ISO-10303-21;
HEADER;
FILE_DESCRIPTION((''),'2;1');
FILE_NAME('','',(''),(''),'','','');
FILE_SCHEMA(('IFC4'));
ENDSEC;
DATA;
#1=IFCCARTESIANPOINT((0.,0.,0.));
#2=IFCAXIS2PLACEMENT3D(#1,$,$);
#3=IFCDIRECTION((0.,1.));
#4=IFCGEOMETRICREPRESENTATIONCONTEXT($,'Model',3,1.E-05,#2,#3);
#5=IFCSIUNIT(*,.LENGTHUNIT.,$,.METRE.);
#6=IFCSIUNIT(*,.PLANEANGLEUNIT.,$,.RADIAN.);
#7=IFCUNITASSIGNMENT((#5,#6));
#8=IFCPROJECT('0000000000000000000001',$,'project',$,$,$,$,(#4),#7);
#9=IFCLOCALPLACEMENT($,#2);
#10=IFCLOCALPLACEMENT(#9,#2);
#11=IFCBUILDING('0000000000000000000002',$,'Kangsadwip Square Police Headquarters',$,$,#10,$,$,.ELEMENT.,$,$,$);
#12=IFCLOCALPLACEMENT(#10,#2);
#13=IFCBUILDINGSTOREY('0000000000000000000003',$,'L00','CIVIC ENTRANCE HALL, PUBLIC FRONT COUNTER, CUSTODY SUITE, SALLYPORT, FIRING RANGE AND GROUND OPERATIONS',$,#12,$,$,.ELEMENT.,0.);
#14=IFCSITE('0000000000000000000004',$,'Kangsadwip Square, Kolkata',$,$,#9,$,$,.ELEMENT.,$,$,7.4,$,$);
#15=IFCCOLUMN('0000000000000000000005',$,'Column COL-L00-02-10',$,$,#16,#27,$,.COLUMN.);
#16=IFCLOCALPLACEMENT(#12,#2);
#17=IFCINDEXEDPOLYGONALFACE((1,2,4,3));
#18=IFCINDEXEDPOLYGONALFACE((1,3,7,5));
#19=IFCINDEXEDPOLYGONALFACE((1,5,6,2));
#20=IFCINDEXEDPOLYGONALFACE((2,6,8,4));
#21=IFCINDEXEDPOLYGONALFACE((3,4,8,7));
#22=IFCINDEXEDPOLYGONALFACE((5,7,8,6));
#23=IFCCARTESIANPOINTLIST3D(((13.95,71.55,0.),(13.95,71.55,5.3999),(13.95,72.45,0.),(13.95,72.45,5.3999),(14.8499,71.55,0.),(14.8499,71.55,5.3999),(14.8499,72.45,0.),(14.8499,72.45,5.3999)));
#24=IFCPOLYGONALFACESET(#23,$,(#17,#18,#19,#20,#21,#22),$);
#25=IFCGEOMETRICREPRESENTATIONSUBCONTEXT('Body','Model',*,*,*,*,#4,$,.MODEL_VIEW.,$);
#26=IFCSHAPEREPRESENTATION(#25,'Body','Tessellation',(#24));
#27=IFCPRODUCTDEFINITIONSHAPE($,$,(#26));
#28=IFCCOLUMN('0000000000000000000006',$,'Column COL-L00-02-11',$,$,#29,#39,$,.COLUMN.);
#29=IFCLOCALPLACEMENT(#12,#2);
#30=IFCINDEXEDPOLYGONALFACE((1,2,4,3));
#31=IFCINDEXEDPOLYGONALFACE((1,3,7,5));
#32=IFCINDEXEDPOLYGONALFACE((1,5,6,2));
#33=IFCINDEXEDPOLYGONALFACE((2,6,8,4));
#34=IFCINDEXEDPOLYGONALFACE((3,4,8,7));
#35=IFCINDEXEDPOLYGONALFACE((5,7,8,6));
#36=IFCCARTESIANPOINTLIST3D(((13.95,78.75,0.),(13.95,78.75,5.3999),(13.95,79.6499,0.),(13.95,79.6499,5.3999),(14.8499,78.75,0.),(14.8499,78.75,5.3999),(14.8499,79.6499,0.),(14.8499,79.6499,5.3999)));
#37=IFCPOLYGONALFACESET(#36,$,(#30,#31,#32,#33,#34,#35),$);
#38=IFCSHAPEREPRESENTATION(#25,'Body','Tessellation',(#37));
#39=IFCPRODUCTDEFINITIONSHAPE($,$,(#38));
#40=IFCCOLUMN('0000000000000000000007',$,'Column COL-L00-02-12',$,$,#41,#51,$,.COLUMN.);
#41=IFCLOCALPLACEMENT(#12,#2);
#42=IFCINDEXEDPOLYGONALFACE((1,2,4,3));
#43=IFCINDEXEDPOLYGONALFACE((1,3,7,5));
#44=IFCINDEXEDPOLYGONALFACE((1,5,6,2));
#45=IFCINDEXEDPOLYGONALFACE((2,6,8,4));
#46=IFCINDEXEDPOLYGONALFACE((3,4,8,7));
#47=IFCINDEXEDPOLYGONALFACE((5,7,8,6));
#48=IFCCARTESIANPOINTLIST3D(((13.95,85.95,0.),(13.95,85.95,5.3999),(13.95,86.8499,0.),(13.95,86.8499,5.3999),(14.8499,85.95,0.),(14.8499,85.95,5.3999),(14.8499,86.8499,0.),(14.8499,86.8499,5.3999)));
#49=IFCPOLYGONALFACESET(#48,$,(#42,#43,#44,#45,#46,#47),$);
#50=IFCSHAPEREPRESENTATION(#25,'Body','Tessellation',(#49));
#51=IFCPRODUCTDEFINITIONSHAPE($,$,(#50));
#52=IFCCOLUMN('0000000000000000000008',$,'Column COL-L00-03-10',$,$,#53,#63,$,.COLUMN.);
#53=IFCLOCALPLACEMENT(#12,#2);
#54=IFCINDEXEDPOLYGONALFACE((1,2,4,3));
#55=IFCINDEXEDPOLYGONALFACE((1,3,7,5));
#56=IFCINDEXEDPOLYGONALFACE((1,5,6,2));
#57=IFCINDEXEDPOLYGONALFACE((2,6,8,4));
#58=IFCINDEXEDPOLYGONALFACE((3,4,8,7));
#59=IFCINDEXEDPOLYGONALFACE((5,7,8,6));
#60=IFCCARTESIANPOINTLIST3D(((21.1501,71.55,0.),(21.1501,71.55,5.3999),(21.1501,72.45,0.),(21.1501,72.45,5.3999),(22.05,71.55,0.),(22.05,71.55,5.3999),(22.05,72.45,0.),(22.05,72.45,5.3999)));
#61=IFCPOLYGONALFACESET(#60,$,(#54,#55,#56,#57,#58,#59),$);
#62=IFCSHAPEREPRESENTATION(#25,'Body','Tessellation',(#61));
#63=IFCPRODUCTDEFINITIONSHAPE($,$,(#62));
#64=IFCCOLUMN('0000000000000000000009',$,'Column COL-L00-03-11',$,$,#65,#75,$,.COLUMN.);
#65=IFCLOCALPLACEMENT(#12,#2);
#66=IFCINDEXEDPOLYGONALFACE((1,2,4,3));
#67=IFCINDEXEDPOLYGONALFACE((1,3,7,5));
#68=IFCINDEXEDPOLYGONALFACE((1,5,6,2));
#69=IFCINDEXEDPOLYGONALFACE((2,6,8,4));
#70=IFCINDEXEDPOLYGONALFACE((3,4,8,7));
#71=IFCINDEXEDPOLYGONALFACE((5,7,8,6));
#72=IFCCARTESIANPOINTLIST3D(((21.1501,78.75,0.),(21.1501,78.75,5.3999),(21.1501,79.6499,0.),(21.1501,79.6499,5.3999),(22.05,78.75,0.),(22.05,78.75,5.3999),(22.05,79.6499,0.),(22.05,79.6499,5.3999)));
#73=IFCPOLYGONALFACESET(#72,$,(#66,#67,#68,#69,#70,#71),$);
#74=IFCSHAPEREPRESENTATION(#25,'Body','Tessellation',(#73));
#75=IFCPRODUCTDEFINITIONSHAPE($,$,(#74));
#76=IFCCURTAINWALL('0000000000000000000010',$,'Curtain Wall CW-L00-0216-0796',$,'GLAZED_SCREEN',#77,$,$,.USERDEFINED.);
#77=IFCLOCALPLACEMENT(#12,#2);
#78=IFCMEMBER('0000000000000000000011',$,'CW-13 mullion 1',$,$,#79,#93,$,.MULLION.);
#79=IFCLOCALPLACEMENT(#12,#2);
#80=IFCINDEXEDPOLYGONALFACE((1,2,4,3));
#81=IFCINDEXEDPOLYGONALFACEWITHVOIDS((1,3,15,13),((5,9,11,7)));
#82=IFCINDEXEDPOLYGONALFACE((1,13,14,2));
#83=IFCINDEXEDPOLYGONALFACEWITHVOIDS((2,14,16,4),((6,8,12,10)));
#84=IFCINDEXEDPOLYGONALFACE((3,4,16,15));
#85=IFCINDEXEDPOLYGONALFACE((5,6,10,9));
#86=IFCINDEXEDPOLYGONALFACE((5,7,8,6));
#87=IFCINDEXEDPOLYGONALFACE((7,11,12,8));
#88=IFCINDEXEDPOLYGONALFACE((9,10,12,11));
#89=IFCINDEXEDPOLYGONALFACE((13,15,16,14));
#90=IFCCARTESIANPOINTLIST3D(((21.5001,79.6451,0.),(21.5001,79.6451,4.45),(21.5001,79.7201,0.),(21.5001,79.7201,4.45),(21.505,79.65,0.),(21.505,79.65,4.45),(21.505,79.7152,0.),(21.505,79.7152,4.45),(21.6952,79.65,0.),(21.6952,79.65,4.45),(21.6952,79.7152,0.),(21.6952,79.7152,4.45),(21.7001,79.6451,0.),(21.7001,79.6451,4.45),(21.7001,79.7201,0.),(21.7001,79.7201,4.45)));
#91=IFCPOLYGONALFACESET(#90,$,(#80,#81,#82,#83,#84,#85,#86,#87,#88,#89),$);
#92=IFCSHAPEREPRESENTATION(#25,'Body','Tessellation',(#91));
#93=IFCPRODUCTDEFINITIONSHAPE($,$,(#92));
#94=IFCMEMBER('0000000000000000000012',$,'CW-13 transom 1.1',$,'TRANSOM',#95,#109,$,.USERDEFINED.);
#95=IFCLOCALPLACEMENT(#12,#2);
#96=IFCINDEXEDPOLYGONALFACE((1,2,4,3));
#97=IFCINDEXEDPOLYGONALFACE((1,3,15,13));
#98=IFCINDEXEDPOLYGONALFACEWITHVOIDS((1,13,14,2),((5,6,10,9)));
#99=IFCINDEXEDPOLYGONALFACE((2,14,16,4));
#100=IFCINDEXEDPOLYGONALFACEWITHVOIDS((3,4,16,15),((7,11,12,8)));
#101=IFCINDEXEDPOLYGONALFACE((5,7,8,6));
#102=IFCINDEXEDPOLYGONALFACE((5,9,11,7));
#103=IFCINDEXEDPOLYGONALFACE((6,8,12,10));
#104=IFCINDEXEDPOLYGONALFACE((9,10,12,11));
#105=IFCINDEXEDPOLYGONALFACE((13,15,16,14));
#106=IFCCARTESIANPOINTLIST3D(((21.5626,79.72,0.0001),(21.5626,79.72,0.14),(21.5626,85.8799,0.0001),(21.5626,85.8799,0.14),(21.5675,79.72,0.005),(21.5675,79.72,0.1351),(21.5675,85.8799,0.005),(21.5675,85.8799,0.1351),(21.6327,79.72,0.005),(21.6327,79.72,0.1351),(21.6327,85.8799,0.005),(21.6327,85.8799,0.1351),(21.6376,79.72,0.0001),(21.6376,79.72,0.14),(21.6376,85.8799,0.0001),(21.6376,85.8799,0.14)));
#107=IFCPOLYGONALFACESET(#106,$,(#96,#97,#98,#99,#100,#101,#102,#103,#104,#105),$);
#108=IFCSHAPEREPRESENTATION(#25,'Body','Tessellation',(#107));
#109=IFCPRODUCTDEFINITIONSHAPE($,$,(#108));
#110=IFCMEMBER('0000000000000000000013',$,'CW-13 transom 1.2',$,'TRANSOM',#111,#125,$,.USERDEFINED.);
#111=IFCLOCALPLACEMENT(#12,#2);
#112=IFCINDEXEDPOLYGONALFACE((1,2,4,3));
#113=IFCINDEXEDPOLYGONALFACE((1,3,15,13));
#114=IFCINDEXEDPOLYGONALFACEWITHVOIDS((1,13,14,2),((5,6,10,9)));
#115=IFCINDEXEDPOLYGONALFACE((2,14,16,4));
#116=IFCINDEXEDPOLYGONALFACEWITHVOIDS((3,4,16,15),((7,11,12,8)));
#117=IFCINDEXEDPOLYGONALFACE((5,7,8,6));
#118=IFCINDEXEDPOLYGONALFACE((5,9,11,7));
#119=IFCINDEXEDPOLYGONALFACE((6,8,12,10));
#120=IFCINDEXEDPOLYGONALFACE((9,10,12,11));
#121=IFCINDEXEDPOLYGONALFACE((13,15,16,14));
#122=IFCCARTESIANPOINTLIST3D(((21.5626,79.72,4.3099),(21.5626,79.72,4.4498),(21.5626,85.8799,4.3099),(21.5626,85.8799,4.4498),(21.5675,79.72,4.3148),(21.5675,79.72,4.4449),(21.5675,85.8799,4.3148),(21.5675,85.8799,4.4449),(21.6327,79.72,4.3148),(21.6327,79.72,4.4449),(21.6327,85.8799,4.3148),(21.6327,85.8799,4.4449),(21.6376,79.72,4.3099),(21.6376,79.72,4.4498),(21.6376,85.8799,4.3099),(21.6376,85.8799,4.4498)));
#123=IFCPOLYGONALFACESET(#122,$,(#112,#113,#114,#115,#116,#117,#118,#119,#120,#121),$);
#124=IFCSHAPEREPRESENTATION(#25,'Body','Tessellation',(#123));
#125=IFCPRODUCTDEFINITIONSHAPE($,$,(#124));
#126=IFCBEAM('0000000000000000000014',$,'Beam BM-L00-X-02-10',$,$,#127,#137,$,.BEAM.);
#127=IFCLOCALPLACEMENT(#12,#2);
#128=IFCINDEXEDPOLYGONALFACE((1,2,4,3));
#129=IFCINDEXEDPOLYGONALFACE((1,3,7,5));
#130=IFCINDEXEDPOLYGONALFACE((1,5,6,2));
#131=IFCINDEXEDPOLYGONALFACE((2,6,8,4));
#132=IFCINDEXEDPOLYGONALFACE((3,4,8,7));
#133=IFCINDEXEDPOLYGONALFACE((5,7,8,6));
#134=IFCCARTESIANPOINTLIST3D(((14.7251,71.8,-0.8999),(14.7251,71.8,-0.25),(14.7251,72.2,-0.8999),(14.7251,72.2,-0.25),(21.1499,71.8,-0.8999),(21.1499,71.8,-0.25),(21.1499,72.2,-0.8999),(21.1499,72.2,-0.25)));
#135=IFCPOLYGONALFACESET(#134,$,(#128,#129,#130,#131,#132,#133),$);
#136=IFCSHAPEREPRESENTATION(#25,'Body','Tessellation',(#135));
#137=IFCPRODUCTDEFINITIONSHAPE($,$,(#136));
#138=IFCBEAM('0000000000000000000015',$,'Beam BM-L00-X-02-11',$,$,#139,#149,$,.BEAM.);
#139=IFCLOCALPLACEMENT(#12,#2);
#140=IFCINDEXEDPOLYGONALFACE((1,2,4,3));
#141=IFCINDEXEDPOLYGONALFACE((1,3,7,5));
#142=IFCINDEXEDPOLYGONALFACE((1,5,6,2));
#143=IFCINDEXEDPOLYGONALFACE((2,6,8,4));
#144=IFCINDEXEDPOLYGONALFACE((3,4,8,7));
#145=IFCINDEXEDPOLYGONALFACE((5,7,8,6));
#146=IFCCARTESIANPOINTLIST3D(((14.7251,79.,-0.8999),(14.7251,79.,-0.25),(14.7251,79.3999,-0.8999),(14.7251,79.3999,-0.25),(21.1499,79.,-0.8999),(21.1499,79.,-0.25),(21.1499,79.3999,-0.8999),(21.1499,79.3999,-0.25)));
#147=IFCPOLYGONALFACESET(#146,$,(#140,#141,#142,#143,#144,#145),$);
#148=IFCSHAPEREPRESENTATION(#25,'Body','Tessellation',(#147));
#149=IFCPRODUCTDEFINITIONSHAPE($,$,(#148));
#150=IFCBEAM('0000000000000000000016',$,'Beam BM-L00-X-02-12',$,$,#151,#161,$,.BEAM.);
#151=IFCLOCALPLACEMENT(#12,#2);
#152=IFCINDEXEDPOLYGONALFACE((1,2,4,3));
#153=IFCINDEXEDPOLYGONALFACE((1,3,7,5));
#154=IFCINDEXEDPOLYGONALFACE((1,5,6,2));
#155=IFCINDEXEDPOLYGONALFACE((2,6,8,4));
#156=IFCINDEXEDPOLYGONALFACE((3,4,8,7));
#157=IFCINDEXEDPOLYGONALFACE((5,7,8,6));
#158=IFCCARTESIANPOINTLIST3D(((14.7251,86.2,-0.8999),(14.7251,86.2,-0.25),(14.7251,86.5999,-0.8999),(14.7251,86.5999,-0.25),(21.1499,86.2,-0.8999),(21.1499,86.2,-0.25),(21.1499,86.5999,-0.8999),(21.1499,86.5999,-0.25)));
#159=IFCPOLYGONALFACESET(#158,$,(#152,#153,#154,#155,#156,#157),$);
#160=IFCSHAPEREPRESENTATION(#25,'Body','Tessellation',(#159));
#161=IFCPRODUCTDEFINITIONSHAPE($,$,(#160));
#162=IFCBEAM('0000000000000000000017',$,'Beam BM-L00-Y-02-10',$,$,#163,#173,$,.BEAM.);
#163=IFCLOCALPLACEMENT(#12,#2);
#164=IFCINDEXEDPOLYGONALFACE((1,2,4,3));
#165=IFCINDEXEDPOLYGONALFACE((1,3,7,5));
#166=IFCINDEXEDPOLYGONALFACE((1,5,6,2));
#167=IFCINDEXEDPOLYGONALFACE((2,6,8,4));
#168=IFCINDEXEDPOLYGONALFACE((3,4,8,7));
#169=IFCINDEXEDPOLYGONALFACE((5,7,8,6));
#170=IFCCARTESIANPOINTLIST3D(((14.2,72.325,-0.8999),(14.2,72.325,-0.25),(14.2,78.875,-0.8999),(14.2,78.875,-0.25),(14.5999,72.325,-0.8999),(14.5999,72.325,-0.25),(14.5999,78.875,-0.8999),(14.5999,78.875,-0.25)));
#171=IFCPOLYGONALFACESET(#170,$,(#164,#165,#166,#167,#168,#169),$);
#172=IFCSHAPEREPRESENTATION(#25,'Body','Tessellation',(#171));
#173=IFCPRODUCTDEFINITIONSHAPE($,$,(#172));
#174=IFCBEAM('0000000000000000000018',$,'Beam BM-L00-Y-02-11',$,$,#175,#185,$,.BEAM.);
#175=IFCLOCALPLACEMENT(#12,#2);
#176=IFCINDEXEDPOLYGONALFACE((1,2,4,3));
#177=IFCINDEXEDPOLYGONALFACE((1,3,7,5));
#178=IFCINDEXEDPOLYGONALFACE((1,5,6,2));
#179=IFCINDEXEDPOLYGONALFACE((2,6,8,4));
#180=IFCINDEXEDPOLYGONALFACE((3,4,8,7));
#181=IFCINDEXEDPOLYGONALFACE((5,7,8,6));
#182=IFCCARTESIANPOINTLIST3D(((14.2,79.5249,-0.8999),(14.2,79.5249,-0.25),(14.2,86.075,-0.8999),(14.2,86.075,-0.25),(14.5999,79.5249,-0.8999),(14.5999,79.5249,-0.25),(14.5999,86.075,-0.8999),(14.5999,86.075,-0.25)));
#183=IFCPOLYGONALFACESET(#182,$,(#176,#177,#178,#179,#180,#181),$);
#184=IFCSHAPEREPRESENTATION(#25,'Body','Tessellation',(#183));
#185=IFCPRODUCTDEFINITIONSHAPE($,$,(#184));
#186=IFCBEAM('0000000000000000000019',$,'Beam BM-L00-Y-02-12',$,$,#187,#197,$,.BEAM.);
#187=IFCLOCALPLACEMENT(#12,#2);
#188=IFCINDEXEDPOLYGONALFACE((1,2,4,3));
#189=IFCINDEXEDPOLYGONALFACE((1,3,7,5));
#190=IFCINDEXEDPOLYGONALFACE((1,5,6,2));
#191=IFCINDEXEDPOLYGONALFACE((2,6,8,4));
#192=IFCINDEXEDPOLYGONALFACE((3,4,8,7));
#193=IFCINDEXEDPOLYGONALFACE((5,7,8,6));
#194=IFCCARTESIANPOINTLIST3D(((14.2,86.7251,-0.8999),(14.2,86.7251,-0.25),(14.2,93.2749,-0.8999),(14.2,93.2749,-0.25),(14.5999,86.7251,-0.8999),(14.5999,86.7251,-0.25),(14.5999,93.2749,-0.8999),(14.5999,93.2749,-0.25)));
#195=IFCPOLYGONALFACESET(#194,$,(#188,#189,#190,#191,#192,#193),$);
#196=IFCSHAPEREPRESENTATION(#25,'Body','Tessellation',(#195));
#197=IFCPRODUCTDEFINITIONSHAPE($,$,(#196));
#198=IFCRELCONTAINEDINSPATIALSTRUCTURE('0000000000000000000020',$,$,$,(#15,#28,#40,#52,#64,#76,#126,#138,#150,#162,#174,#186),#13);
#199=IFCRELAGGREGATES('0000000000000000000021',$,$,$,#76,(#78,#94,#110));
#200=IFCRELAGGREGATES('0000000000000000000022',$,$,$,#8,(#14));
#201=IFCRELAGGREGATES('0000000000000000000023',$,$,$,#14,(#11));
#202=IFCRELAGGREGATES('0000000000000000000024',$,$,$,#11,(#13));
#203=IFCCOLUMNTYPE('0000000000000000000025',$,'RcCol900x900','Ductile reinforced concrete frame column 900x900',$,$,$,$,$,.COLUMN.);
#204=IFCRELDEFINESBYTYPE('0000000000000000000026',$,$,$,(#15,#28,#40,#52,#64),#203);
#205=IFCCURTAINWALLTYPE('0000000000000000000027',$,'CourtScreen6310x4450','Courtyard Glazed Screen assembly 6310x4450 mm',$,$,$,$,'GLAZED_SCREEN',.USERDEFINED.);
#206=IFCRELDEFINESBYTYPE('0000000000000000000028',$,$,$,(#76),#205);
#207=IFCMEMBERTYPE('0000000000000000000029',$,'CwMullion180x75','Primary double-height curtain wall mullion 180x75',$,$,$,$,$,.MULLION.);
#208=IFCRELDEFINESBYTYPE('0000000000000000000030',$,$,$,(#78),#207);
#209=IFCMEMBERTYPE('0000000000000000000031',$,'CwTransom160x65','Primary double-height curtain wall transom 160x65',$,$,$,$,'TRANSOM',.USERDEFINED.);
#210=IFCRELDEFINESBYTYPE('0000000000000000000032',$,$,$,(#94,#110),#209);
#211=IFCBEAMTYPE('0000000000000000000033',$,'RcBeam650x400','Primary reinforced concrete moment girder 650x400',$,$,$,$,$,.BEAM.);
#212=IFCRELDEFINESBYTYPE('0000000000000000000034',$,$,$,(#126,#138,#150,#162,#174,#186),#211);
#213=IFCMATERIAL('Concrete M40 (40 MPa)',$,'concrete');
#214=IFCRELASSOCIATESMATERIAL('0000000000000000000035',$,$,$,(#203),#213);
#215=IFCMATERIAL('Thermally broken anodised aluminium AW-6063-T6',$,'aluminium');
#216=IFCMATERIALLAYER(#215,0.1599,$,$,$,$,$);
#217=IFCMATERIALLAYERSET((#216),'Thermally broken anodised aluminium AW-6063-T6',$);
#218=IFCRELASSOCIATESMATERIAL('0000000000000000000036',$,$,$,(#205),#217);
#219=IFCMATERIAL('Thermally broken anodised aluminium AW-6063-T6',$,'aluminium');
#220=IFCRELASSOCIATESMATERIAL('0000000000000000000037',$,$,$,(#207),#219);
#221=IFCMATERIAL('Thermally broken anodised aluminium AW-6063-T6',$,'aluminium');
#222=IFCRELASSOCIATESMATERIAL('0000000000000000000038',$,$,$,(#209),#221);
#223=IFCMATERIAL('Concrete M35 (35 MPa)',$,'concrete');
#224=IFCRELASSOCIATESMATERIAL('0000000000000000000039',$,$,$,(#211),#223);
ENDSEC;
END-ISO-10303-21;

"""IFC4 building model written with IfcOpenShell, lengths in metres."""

from ifc_helpers import new_model, si_unit, direction, frame, origin, origin_2d, place, context, subcontext, project, spatial, rectangle, hollow_rectangle, extrude, material, layer, layer_set, material_profile, profile_set, type_object, element, aggregate, save


model = new_model("IFC4")

# Units and contexts
model_context = context("Model", 3, precision=1e-05, world=origin(), true_north=direction((0.0, 1.0)))
body_context = subcontext(model_context, "Body", "Model", "MODEL_VIEW")
ifc_project = project(units=[si_unit("LENGTHUNIT", "METRE"), si_unit("PLANEANGLEUNIT", "RADIAN")], contexts=[model_context])

# Site, building, storey
site_placement = place(None, origin())
site = spatial("IfcSite", under=ifc_project, at=site_placement, Name="Kangsadwip Square, Kolkata", CompositionType="ELEMENT", RefElevation=7.4)
building_placement = place(site_placement, origin())
building = spatial("IfcBuilding", under=site, at=building_placement, Name="Kangsadwip Square Police Headquarters", CompositionType="ELEMENT")
storey_placement = place(building_placement, origin())
storey = spatial("IfcBuildingStorey", under=building, at=storey_placement, Name="L00", Description="CIVIC ENTRANCE HALL, PUBLIC FRONT COUNTER, CUSTODY SUITE, SALLYPORT, FIRING RANGE AND GROUND OPERATIONS", CompositionType="ELEMENT", Elevation=0.0)

# Columns
ifc_material_1 = material(Name="Concrete M40 (40 MPa)", Category="concrete")
ifc_material_profile_1 = material_profile(ifc_material_1, rectangle(XDim=0.8999, YDim=0.8999, at=origin_2d()), Name="RC COL 900X900")
ifc_profile_set_1 = profile_set([ifc_material_profile_1], Name="Concrete M40 (40 MPa)")
column_type = type_object("IfcColumnType", Name="RcCol900x900", Description="Ductile reinforced concrete frame column 900x900", PredefinedType="COLUMN", material=ifc_profile_set_1)
for number, where, z_axis, x_axis, name in (
    (1, (14.3999, 72.0, 0.0), (0.0, 0.0, 1.0), (1.0, 0.0, 0.0), "Column COL-L00-02-10"),
    (2, (14.3999, 79.2, 0.0), (0.0, 0.0, 1.0), (1.0, 0.0, 0.0), "Column COL-L00-02-11"),
    (3, (14.3999, 86.3999, 0.0), (0.0, 0.0, 1.0), (1.0, 0.0, 0.0), "Column COL-L00-02-12"),
    (4, (21.6001, 72.0, 0.0), (0.0, 0.0, 1.0), (1.0, 0.0, 0.0), "Column COL-L00-03-10"),
    (5, (21.6001, 79.2, 0.0), (0.0, 0.0, 1.0), (1.0, 0.0, 0.0), "Column COL-L00-03-11"),
):
    element("IfcColumn", number, at=place(storey_placement, frame(where, z_axis=z_axis, x_axis=x_axis)), inside=storey, type_object=column_type, Name=name, PredefinedType="COLUMN", context=body_context, shape_type="SweptSolid", body=[
        extrude(rectangle(XDim=0.8999, YDim=0.8999, at=origin_2d()), origin(), (0.0, 0.0, 1.0), 5.3999),
    ])

# Curtain wall, members
ifc_material_2 = material(Name="Thermally broken anodised aluminium AW-6063-T6", Category="aluminium")
ifc_layer_1 = layer(ifc_material_2, 0.1599)
ifc_layer_set_1 = layer_set([ifc_layer_1], Name="Thermally broken anodised aluminium AW-6063-T6")
curtain_wall_type = type_object("IfcCurtainWallType", Name="CourtScreen6310x4450", Description="Courtyard Glazed Screen assembly 6310x4450 mm", ElementType="GLAZED_SCREEN", PredefinedType="USERDEFINED", material=ifc_layer_set_1)
curtain_wall_placement = place(storey_placement, origin())
curtain_wall = element("IfcCurtainWall", 6, at=curtain_wall_placement, inside=storey, type_object=curtain_wall_type, Name="Curtain Wall CW-L00-0216-0796", ObjectType="GLAZED_SCREEN", PredefinedType="USERDEFINED")
ifc_material_3 = material(Name="Thermally broken anodised aluminium AW-6063-T6", Category="aluminium")
ifc_material_profile_2 = material_profile(ifc_material_3, hollow_rectangle(XDim=0.075, YDim=0.2, WallThickness=0.0049, at=origin_2d()), Name="CWM 200X75X5")
ifc_profile_set_2 = profile_set([ifc_material_profile_2], Name="Thermally broken anodised aluminium AW-6063-T6")
member_type_1 = type_object("IfcMemberType", Name="CwMullion180x75", Description="Primary double-height curtain wall mullion 180x75", PredefinedType="MULLION", material=ifc_profile_set_2)
member_1_placement = place(storey_placement, frame((21.6001, 79.6826, 0.0), z_axis=(0.0, 0.0, 1.0), x_axis=(0.0, 1.0, 0.0)))
member_1 = element("IfcMember", 7, at=member_1_placement, type_object=member_type_1, Name="CW-13 mullion 1", PredefinedType="MULLION", context=body_context, shape_type="SweptSolid", body=[
    extrude(hollow_rectangle(XDim=0.075, YDim=0.2, WallThickness=0.0049, at=origin_2d()), origin(), (0.0, 0.0, 1.0), 4.45),
])
ifc_material_4 = material(Name="Thermally broken anodised aluminium AW-6063-T6", Category="aluminium")
ifc_material_profile_3 = material_profile(ifc_material_4, hollow_rectangle(XDim=0.075, YDim=0.1399, WallThickness=0.0049, at=origin_2d()), Name="CWT 140X75X5")
ifc_profile_set_3 = profile_set([ifc_material_profile_3], Name="Thermally broken anodised aluminium AW-6063-T6")
member_type_2 = type_object("IfcMemberType", Name="CwTransom160x65", Description="Primary double-height curtain wall transom 160x65", ElementType="TRANSOM", PredefinedType="USERDEFINED", material=ifc_profile_set_3)
member_2_placement = place(storey_placement, frame((21.6001, 79.72, 0.0701), z_axis=(0.0, 1.0, 0.0), x_axis=(-1.0, 0.0, 0.0)))
member_2 = element("IfcMember", 8, at=member_2_placement, type_object=member_type_2, Name="CW-13 transom 1.1", ObjectType="TRANSOM", PredefinedType="USERDEFINED", context=body_context, shape_type="SweptSolid", body=[
    extrude(hollow_rectangle(XDim=0.075, YDim=0.1399, WallThickness=0.0049, at=origin_2d()), origin(), (0.0, 0.0, 1.0), 6.1599),
])
member_3_placement = place(storey_placement, frame((21.6001, 79.72, 4.3799), z_axis=(0.0, 1.0, 0.0), x_axis=(-1.0, 0.0, 0.0)))
member_3 = element("IfcMember", 9, at=member_3_placement, type_object=member_type_2, Name="CW-13 transom 1.2", ObjectType="TRANSOM", PredefinedType="USERDEFINED", context=body_context, shape_type="SweptSolid", body=[
    extrude(hollow_rectangle(XDim=0.075, YDim=0.1399, WallThickness=0.0049, at=origin_2d()), origin(), (0.0, 0.0, 1.0), 6.1599),
])
aggregate(curtain_wall, [member_1, member_2, member_3])

# Beams
ifc_material_5 = material(Name="Concrete M35 (35 MPa)", Category="concrete")
ifc_material_profile_4 = material_profile(ifc_material_5, rectangle(XDim=0.3999, YDim=0.6499, at=origin_2d()), Name="RC BM 650X400")
ifc_profile_set_4 = profile_set([ifc_material_profile_4], Name="Concrete M35 (35 MPa)")
beam_type_1 = type_object("IfcBeamType", Name="RcBeam650x400", Description="Primary reinforced concrete moment girder 650x400", PredefinedType="BEAM", material=ifc_profile_set_4)
for number, where, z_axis, x_axis, name in (
    (10, (14.7251, 72.0, -0.575), (1.0, 0.0, 0.0), (0.0, 1.0, 0.0), "Beam BM-L00-X-02-10"),
    (11, (14.7251, 79.2, -0.575), (1.0, 0.0, 0.0), (0.0, 1.0, 0.0), "Beam BM-L00-X-02-11"),
    (12, (14.7251, 86.3999, -0.575), (1.0, 0.0, 0.0), (0.0, 1.0, 0.0), "Beam BM-L00-X-02-12"),
):
    element("IfcBeam", number, at=place(storey_placement, frame(where, z_axis=z_axis, x_axis=x_axis)), inside=storey, type_object=beam_type_1, Name=name, PredefinedType="BEAM", context=body_context, shape_type="SweptSolid", body=[
        extrude(rectangle(XDim=0.3999, YDim=0.6499, at=origin_2d()), origin(), (0.0, 0.0, 1.0), 6.4248),
    ])
for number, where, z_axis, x_axis, name in (
    (13, (14.3999, 72.325, -0.575), (0.0, 1.0, 0.0), (-1.0, 0.0, 0.0), "Beam BM-L00-Y-02-10"),
    (14, (14.3999, 79.5249, -0.575), (0.0, 1.0, 0.0), (-1.0, 0.0, 0.0), "Beam BM-L00-Y-02-11"),
):
    element("IfcBeam", number, at=place(storey_placement, frame(where, z_axis=z_axis, x_axis=x_axis)), inside=storey, type_object=beam_type_1, Name=name, PredefinedType="BEAM", context=body_context, shape_type="SweptSolid", body=[
        extrude(rectangle(XDim=0.3999, YDim=0.6499, at=origin_2d()), origin(), (0.0, 0.0, 1.0), 6.55),
    ])
beam_placement = place(storey_placement, frame((14.3999, 86.7251, -0.575), z_axis=(0.0, 1.0, 0.0), x_axis=(-1.0, 0.0, 0.0)))
element("IfcBeam", 15, at=beam_placement, inside=storey, type_object=beam_type_1, Name="Beam BM-L00-Y-02-12", PredefinedType="BEAM", context=body_context, shape_type="SweptSolid", body=[
    extrude(rectangle(XDim=0.3999, YDim=0.6499, at=origin_2d()), origin(), (0.0, 0.0, 1.0), 6.5498),
])

save(model, "model.ifc")
